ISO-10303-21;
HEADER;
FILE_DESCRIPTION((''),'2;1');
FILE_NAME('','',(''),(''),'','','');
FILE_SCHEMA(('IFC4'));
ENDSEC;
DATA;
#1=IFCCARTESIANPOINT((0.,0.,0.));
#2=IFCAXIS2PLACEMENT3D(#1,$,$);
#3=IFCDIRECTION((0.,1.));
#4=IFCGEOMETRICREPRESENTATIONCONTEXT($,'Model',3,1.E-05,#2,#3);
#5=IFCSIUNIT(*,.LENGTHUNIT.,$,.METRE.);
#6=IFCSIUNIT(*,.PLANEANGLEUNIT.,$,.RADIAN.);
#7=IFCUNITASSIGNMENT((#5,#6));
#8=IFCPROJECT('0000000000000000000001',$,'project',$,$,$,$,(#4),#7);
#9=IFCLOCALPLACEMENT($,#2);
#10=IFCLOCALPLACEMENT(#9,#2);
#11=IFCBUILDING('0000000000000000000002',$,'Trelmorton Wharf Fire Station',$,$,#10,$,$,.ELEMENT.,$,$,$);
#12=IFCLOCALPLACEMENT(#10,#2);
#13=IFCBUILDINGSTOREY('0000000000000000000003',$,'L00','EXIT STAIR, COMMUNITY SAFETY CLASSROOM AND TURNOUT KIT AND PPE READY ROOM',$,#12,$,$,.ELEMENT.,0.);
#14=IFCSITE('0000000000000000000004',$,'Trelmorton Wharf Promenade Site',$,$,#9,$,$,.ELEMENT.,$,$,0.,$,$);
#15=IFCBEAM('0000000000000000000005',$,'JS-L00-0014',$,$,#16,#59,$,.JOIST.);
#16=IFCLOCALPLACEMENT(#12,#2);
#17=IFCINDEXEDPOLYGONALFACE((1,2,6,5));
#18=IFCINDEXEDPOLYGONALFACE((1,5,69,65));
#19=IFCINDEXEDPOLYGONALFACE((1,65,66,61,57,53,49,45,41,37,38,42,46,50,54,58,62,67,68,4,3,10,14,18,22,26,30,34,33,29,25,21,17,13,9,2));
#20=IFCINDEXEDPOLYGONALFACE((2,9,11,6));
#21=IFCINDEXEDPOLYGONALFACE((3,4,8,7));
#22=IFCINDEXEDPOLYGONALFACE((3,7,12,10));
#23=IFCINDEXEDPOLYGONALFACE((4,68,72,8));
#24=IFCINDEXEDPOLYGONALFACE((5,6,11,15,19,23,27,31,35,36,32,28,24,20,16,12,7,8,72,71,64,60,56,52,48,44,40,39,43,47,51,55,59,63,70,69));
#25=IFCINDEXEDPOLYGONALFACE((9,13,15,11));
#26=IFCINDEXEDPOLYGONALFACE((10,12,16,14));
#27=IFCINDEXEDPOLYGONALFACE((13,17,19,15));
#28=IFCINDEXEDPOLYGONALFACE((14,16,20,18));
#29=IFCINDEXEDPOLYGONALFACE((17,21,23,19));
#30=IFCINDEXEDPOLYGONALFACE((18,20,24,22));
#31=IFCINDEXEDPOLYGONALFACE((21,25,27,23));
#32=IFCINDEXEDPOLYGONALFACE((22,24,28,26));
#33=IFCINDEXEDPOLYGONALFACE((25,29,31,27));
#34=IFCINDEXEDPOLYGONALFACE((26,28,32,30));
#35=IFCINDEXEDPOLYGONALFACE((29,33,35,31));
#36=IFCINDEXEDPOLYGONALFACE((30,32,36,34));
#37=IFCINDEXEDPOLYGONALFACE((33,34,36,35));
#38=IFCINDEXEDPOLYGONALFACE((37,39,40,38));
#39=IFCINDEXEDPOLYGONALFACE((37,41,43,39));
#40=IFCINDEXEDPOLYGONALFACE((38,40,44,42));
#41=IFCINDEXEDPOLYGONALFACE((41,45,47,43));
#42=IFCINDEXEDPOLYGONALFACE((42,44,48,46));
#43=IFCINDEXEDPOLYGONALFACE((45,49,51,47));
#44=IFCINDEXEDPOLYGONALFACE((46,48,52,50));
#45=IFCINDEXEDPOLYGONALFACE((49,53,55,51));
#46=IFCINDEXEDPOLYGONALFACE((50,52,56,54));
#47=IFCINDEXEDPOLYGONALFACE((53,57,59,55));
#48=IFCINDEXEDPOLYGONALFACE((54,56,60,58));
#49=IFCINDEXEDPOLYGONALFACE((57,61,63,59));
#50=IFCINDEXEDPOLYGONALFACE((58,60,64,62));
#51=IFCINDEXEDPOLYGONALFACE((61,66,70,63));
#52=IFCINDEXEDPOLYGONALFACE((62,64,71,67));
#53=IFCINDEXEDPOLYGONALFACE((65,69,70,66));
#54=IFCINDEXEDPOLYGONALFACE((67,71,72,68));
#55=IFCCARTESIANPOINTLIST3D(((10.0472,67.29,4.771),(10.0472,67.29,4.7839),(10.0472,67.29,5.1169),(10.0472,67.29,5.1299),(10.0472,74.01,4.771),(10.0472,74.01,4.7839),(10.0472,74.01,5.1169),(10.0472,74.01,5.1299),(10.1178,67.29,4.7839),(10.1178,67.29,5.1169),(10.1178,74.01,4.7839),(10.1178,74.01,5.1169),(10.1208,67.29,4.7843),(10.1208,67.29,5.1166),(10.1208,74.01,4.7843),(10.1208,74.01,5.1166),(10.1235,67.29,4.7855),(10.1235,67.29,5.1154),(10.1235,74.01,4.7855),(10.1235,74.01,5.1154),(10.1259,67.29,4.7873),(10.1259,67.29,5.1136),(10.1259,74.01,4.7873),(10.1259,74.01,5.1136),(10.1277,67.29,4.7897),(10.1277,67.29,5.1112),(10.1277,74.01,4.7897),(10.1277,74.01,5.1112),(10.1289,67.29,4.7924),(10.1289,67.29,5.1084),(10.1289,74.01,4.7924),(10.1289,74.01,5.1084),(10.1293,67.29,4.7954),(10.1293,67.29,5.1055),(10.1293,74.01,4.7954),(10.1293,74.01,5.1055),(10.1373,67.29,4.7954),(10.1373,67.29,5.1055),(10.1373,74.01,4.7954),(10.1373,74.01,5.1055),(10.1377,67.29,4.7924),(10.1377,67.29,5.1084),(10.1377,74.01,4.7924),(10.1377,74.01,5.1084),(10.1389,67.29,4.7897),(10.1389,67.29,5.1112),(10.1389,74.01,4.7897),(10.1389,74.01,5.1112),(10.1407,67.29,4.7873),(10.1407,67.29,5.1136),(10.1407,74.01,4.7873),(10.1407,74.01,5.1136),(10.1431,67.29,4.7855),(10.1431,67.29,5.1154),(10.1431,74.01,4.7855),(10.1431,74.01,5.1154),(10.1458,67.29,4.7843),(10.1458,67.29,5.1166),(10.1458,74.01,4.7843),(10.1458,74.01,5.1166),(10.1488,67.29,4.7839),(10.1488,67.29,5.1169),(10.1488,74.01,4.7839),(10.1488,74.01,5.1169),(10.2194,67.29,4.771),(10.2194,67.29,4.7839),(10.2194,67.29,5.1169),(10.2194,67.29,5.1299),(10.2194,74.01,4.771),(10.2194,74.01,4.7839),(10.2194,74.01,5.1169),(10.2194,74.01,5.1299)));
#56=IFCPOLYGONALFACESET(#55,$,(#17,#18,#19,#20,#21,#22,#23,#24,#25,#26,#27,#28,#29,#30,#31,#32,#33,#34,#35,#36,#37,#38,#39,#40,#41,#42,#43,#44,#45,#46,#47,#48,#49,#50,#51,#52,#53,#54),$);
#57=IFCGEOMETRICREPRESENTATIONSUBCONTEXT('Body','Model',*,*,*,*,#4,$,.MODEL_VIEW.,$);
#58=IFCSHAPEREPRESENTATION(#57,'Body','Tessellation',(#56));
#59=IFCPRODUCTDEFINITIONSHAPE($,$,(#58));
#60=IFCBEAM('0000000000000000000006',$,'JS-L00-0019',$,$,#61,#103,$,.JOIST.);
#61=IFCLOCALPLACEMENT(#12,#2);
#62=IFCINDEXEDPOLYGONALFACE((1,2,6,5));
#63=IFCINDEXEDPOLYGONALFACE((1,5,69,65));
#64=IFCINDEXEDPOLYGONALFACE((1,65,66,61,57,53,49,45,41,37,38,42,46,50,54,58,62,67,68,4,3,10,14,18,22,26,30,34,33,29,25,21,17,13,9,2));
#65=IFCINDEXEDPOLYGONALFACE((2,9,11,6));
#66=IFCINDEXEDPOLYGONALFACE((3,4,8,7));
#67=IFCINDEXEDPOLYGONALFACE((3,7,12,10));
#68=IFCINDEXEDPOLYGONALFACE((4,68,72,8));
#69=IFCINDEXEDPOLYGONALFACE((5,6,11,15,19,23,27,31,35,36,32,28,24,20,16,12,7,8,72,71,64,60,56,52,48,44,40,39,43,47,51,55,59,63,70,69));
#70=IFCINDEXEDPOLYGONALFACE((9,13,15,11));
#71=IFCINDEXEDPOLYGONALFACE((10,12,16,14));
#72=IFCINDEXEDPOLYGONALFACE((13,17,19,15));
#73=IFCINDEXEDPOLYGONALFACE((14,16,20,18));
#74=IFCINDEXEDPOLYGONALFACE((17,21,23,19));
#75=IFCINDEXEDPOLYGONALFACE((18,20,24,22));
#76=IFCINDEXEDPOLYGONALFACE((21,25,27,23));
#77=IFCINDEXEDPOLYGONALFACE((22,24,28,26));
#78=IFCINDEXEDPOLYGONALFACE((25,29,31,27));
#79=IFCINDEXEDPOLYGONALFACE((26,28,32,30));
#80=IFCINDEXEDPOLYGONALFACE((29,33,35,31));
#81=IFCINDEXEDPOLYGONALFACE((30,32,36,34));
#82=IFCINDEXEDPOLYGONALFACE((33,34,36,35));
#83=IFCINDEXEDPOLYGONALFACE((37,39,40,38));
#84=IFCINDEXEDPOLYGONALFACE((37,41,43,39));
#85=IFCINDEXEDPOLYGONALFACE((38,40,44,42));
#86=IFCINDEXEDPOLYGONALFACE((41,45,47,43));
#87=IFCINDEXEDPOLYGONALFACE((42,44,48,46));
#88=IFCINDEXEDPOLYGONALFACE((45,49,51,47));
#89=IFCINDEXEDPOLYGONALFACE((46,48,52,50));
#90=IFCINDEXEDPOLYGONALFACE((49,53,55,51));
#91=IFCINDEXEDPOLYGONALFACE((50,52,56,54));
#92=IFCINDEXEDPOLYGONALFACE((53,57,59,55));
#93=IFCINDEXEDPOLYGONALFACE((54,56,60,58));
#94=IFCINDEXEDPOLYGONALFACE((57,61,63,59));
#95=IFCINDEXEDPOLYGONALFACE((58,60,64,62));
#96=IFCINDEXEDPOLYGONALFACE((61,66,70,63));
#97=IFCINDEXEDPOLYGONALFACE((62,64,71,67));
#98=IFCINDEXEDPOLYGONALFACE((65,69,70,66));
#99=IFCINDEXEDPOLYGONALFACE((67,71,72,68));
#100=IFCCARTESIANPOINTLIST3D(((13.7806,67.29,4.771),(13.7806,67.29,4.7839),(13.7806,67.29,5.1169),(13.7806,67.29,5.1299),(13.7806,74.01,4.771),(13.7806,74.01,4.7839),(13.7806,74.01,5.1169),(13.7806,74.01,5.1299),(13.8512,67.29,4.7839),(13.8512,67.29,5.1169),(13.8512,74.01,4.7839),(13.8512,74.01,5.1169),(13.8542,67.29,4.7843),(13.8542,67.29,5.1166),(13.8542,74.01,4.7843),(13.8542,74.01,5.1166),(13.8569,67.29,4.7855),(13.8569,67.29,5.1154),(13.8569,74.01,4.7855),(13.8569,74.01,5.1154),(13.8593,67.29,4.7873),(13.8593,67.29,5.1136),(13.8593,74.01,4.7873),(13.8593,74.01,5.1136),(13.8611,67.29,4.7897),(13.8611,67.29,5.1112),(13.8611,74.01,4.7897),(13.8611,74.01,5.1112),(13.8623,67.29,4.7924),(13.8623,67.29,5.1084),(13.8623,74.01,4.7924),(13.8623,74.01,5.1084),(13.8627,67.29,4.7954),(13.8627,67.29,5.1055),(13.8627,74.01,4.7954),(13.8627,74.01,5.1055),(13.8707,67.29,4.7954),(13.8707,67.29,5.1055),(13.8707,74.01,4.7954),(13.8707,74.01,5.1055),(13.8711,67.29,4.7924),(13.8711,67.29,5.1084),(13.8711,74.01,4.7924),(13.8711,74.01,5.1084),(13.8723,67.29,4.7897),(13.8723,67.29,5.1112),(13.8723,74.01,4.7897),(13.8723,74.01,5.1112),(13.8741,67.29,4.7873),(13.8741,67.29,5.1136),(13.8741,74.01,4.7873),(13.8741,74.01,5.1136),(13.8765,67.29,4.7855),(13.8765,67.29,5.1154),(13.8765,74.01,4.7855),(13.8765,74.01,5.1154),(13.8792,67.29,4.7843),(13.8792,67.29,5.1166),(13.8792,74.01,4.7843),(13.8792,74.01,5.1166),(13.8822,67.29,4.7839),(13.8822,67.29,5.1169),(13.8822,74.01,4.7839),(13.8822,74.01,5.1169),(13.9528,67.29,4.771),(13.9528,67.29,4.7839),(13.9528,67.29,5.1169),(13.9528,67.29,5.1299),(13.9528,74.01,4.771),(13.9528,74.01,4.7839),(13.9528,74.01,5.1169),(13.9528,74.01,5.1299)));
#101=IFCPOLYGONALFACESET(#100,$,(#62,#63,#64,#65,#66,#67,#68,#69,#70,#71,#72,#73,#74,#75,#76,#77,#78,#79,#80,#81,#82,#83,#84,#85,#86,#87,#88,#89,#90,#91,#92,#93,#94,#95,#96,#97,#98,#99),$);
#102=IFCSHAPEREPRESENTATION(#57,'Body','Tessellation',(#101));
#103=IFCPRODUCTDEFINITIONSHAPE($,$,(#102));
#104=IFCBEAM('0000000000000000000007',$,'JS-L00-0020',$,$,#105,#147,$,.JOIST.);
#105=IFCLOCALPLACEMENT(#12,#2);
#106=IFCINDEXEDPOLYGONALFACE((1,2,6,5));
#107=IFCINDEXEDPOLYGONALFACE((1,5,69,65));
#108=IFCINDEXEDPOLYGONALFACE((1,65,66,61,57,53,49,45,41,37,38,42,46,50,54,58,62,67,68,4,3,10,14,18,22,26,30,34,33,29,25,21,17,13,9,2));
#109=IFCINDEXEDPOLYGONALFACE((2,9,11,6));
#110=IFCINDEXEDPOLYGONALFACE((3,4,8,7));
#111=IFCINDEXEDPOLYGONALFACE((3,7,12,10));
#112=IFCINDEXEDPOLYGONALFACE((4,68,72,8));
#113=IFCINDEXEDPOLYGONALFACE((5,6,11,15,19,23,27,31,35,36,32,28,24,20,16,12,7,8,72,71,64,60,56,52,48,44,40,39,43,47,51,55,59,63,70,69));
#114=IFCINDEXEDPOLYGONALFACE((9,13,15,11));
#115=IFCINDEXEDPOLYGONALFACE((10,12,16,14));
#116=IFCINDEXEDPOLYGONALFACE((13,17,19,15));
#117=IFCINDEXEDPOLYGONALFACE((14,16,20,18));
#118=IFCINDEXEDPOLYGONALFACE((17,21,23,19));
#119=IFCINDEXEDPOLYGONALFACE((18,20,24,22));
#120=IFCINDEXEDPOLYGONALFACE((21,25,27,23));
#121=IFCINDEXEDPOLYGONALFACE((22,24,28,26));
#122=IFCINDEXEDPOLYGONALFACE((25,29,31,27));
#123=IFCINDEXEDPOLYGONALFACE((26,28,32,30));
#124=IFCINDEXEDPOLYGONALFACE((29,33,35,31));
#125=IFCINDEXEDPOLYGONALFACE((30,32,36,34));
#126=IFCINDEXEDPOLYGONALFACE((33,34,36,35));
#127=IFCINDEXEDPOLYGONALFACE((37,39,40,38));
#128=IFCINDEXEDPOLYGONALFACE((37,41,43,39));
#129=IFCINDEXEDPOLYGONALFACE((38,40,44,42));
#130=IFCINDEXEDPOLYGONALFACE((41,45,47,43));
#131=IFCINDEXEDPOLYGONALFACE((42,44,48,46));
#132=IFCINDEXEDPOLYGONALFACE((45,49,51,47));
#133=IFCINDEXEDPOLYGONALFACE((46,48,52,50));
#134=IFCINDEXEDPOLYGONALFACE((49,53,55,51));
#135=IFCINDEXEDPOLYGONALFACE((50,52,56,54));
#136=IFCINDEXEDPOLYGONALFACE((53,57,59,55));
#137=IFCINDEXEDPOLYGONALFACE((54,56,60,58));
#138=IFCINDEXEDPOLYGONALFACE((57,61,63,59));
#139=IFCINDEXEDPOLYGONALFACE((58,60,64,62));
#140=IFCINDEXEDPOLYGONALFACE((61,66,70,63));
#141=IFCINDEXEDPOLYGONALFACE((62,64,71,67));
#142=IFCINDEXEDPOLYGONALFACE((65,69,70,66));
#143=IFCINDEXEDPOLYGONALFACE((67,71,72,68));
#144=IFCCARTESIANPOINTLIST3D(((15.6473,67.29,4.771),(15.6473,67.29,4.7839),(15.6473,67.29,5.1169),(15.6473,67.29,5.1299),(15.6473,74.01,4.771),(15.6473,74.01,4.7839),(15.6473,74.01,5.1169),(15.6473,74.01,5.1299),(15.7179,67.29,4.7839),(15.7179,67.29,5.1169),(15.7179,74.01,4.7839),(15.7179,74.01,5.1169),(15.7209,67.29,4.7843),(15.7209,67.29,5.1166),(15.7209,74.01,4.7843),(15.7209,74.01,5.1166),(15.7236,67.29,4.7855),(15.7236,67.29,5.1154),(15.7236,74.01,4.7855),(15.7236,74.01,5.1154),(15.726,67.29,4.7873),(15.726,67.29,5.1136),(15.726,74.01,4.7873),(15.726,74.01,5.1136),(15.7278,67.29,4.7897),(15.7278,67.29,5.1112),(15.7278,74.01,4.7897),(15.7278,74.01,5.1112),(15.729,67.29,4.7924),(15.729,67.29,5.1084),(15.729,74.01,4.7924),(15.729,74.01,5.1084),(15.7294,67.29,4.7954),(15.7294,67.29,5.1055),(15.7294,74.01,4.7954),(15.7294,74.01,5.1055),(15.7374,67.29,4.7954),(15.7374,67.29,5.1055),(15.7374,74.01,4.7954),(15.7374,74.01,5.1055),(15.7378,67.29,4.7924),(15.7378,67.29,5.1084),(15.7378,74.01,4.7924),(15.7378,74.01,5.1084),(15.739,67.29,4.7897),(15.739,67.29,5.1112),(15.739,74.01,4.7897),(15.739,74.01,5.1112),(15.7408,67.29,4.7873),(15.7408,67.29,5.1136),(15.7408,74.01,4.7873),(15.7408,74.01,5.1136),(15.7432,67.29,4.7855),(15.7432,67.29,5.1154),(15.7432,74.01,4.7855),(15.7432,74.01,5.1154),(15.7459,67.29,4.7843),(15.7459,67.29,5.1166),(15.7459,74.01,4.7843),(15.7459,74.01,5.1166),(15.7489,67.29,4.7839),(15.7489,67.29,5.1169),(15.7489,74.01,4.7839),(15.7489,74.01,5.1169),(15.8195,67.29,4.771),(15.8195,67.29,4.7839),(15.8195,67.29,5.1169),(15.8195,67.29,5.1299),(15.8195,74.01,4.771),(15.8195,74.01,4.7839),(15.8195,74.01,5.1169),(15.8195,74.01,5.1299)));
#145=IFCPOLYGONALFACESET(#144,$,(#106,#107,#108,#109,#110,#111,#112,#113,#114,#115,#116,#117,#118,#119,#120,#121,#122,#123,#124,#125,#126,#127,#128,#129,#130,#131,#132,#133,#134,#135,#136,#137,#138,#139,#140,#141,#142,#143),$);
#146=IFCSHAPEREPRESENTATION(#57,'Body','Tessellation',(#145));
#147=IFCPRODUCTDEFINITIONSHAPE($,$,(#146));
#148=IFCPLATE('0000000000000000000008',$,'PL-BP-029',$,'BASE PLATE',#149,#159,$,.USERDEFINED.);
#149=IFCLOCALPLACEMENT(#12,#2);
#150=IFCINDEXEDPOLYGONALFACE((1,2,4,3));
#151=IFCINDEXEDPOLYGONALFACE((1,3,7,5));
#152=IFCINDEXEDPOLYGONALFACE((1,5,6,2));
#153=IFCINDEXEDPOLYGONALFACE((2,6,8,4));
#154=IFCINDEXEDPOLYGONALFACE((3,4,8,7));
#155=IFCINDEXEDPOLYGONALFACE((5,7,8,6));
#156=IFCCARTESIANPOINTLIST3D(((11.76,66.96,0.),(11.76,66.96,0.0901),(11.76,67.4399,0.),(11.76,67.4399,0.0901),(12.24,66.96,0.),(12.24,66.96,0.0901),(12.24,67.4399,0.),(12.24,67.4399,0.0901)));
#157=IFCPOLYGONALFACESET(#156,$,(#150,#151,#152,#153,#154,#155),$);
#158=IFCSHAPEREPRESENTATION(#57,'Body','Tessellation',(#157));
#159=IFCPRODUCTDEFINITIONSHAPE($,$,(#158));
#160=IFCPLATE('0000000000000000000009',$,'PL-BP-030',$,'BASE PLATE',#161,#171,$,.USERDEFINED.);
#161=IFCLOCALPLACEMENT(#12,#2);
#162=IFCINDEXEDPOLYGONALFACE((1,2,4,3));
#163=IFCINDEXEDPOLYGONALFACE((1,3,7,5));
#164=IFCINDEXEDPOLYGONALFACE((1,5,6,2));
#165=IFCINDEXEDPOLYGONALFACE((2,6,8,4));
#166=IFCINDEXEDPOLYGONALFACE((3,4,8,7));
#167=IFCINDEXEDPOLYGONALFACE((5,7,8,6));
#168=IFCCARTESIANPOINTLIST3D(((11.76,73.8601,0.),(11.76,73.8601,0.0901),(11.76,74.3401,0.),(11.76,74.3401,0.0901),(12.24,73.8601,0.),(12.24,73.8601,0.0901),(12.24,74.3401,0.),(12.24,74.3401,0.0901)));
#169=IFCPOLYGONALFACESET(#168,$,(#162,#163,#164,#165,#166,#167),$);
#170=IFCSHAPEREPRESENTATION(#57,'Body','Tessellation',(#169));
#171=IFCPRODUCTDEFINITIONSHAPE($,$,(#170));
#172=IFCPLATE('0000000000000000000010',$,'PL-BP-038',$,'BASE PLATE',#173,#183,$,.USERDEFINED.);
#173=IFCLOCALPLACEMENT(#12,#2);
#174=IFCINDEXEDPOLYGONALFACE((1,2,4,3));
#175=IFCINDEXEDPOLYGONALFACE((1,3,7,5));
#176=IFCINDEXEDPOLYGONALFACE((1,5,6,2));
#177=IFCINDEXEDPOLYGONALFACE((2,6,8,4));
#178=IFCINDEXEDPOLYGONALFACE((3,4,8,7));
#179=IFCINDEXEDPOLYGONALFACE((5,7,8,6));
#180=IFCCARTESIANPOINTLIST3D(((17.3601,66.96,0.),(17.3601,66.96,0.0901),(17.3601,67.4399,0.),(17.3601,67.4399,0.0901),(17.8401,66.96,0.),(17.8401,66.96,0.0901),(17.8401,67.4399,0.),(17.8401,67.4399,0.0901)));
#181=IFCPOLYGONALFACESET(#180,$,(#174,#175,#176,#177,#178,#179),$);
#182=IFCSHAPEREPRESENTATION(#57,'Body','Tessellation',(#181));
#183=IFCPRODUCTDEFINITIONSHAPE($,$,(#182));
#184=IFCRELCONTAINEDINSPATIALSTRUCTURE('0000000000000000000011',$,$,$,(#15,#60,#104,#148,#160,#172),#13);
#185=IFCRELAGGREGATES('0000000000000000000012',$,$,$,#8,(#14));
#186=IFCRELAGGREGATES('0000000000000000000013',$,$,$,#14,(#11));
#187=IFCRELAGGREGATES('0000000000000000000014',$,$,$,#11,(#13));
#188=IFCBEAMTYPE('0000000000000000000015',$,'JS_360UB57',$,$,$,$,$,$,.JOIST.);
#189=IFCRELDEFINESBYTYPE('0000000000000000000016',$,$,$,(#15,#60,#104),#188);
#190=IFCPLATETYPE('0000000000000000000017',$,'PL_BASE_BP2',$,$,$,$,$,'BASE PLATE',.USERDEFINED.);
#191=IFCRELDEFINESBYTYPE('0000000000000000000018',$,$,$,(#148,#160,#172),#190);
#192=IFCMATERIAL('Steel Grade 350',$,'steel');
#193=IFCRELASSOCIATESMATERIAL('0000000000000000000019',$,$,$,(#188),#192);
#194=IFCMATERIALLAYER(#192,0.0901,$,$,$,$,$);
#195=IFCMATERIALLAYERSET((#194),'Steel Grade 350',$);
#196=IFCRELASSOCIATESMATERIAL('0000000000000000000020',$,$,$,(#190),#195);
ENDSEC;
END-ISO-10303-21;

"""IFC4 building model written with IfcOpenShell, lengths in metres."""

from ifc_helpers import new_model, si_unit, direction, frame, origin, origin_2d, place, context, subcontext, project, spatial, rectangle, i_section, extrude, material, layer, layer_set, material_profile, profile_set, type_object, element, save


model = new_model("IFC4")

# Units and contexts
model_context = context("Model", 3, precision=1e-05, world=origin(), true_north=direction((0.0, 1.0)))
body_context = subcontext(model_context, "Body", "Model", "MODEL_VIEW")
ifc_project = project(units=[si_unit("LENGTHUNIT", "METRE"), si_unit("PLANEANGLEUNIT", "RADIAN")], contexts=[model_context])

# Site, building, storey
site_placement = place(None, origin())
site = spatial("IfcSite", under=ifc_project, at=site_placement, Name="Trelmorton Wharf Promenade Site", CompositionType="ELEMENT", RefElevation=0.0)
building_placement = place(site_placement, origin())
building = spatial("IfcBuilding", under=site, at=building_placement, Name="Trelmorton Wharf Fire Station", CompositionType="ELEMENT")
storey_placement = place(building_placement, origin())
storey = spatial("IfcBuildingStorey", under=building, at=storey_placement, Name="L00", Description="EXIT STAIR, COMMUNITY SAFETY CLASSROOM AND TURNOUT KIT AND PPE READY ROOM", CompositionType="ELEMENT", Elevation=0.0)

# Shared definitions
ifc_material_1 = material(Name="Steel Grade 350", Category="steel")

# Beams
ifc_material_profile_1 = material_profile(ifc_material_1, i_section(OverallWidth=0.1721, OverallDepth=0.3589, WebThickness=0.0081, FlangeThickness=0.0129, FilletRadius=0.0115, at=origin_2d()), Name="360UB56.7")
ifc_profile_set_1 = profile_set([ifc_material_profile_1], Name="Steel Grade 350")
beam_type_1 = type_object("IfcBeamType", Name="JS_360UB57", PredefinedType="JOIST", material=ifc_profile_set_1)
for number, where, z_axis, x_axis, name in (
    (1, (10.1333, 67.29, 4.9504), (0.0, 1.0, 0.0), (-1.0, 0.0, 0.0), "JS-L00-0014"),
    (2, (13.8667, 67.29, 4.9504), (0.0, 1.0, 0.0), (-1.0, 0.0, 0.0), "JS-L00-0019"),
    (3, (15.7334, 67.29, 4.9504), (0.0, 1.0, 0.0), (-1.0, 0.0, 0.0), "JS-L00-0020"),
):
    element("IfcBeam", number, at=place(storey_placement, frame(where, z_axis=z_axis, x_axis=x_axis)), inside=storey, type_object=beam_type_1, Name=name, PredefinedType="JOIST", context=body_context, shape_type="SweptSolid", body=[
        extrude(i_section(OverallWidth=0.1721, OverallDepth=0.3589, WebThickness=0.0081, FlangeThickness=0.0129, FilletRadius=0.0115, at=origin_2d()), origin(), (0.0, 0.0, 1.0), 6.72),
    ])

# Plates
ifc_layer_1 = layer(ifc_material_1, 0.0901)
ifc_layer_set_1 = layer_set([ifc_layer_1], Name="Steel Grade 350")
plate_type = type_object("IfcPlateType", Name="PL_BASE_BP2", ElementType="BASE PLATE", PredefinedType="USERDEFINED", material=ifc_layer_set_1)
for number, where, z_axis, x_axis, name in (
    (4, (12.0, 67.2, 0.0), (0.0, 0.0, 1.0), (1.0, 0.0, 0.0), "PL-BP-029"),
    (5, (12.0, 74.1001, 0.0), (0.0, 0.0, 1.0), (1.0, 0.0, 0.0), "PL-BP-030"),
    (6, (17.6001, 67.2, 0.0), (0.0, 0.0, 1.0), (1.0, 0.0, 0.0), "PL-BP-038"),
):
    element("IfcPlate", number, at=place(storey_placement, frame(where, z_axis=z_axis, x_axis=x_axis)), inside=storey, type_object=plate_type, Name=name, ObjectType="BASE PLATE", PredefinedType="USERDEFINED", context=body_context, shape_type="SweptSolid", body=[
        extrude(rectangle(XDim=0.48, YDim=0.48, at=origin_2d()), origin(), (0.0, 0.0, 1.0), 0.0901),
    ])

save(model, "model.ifc")
